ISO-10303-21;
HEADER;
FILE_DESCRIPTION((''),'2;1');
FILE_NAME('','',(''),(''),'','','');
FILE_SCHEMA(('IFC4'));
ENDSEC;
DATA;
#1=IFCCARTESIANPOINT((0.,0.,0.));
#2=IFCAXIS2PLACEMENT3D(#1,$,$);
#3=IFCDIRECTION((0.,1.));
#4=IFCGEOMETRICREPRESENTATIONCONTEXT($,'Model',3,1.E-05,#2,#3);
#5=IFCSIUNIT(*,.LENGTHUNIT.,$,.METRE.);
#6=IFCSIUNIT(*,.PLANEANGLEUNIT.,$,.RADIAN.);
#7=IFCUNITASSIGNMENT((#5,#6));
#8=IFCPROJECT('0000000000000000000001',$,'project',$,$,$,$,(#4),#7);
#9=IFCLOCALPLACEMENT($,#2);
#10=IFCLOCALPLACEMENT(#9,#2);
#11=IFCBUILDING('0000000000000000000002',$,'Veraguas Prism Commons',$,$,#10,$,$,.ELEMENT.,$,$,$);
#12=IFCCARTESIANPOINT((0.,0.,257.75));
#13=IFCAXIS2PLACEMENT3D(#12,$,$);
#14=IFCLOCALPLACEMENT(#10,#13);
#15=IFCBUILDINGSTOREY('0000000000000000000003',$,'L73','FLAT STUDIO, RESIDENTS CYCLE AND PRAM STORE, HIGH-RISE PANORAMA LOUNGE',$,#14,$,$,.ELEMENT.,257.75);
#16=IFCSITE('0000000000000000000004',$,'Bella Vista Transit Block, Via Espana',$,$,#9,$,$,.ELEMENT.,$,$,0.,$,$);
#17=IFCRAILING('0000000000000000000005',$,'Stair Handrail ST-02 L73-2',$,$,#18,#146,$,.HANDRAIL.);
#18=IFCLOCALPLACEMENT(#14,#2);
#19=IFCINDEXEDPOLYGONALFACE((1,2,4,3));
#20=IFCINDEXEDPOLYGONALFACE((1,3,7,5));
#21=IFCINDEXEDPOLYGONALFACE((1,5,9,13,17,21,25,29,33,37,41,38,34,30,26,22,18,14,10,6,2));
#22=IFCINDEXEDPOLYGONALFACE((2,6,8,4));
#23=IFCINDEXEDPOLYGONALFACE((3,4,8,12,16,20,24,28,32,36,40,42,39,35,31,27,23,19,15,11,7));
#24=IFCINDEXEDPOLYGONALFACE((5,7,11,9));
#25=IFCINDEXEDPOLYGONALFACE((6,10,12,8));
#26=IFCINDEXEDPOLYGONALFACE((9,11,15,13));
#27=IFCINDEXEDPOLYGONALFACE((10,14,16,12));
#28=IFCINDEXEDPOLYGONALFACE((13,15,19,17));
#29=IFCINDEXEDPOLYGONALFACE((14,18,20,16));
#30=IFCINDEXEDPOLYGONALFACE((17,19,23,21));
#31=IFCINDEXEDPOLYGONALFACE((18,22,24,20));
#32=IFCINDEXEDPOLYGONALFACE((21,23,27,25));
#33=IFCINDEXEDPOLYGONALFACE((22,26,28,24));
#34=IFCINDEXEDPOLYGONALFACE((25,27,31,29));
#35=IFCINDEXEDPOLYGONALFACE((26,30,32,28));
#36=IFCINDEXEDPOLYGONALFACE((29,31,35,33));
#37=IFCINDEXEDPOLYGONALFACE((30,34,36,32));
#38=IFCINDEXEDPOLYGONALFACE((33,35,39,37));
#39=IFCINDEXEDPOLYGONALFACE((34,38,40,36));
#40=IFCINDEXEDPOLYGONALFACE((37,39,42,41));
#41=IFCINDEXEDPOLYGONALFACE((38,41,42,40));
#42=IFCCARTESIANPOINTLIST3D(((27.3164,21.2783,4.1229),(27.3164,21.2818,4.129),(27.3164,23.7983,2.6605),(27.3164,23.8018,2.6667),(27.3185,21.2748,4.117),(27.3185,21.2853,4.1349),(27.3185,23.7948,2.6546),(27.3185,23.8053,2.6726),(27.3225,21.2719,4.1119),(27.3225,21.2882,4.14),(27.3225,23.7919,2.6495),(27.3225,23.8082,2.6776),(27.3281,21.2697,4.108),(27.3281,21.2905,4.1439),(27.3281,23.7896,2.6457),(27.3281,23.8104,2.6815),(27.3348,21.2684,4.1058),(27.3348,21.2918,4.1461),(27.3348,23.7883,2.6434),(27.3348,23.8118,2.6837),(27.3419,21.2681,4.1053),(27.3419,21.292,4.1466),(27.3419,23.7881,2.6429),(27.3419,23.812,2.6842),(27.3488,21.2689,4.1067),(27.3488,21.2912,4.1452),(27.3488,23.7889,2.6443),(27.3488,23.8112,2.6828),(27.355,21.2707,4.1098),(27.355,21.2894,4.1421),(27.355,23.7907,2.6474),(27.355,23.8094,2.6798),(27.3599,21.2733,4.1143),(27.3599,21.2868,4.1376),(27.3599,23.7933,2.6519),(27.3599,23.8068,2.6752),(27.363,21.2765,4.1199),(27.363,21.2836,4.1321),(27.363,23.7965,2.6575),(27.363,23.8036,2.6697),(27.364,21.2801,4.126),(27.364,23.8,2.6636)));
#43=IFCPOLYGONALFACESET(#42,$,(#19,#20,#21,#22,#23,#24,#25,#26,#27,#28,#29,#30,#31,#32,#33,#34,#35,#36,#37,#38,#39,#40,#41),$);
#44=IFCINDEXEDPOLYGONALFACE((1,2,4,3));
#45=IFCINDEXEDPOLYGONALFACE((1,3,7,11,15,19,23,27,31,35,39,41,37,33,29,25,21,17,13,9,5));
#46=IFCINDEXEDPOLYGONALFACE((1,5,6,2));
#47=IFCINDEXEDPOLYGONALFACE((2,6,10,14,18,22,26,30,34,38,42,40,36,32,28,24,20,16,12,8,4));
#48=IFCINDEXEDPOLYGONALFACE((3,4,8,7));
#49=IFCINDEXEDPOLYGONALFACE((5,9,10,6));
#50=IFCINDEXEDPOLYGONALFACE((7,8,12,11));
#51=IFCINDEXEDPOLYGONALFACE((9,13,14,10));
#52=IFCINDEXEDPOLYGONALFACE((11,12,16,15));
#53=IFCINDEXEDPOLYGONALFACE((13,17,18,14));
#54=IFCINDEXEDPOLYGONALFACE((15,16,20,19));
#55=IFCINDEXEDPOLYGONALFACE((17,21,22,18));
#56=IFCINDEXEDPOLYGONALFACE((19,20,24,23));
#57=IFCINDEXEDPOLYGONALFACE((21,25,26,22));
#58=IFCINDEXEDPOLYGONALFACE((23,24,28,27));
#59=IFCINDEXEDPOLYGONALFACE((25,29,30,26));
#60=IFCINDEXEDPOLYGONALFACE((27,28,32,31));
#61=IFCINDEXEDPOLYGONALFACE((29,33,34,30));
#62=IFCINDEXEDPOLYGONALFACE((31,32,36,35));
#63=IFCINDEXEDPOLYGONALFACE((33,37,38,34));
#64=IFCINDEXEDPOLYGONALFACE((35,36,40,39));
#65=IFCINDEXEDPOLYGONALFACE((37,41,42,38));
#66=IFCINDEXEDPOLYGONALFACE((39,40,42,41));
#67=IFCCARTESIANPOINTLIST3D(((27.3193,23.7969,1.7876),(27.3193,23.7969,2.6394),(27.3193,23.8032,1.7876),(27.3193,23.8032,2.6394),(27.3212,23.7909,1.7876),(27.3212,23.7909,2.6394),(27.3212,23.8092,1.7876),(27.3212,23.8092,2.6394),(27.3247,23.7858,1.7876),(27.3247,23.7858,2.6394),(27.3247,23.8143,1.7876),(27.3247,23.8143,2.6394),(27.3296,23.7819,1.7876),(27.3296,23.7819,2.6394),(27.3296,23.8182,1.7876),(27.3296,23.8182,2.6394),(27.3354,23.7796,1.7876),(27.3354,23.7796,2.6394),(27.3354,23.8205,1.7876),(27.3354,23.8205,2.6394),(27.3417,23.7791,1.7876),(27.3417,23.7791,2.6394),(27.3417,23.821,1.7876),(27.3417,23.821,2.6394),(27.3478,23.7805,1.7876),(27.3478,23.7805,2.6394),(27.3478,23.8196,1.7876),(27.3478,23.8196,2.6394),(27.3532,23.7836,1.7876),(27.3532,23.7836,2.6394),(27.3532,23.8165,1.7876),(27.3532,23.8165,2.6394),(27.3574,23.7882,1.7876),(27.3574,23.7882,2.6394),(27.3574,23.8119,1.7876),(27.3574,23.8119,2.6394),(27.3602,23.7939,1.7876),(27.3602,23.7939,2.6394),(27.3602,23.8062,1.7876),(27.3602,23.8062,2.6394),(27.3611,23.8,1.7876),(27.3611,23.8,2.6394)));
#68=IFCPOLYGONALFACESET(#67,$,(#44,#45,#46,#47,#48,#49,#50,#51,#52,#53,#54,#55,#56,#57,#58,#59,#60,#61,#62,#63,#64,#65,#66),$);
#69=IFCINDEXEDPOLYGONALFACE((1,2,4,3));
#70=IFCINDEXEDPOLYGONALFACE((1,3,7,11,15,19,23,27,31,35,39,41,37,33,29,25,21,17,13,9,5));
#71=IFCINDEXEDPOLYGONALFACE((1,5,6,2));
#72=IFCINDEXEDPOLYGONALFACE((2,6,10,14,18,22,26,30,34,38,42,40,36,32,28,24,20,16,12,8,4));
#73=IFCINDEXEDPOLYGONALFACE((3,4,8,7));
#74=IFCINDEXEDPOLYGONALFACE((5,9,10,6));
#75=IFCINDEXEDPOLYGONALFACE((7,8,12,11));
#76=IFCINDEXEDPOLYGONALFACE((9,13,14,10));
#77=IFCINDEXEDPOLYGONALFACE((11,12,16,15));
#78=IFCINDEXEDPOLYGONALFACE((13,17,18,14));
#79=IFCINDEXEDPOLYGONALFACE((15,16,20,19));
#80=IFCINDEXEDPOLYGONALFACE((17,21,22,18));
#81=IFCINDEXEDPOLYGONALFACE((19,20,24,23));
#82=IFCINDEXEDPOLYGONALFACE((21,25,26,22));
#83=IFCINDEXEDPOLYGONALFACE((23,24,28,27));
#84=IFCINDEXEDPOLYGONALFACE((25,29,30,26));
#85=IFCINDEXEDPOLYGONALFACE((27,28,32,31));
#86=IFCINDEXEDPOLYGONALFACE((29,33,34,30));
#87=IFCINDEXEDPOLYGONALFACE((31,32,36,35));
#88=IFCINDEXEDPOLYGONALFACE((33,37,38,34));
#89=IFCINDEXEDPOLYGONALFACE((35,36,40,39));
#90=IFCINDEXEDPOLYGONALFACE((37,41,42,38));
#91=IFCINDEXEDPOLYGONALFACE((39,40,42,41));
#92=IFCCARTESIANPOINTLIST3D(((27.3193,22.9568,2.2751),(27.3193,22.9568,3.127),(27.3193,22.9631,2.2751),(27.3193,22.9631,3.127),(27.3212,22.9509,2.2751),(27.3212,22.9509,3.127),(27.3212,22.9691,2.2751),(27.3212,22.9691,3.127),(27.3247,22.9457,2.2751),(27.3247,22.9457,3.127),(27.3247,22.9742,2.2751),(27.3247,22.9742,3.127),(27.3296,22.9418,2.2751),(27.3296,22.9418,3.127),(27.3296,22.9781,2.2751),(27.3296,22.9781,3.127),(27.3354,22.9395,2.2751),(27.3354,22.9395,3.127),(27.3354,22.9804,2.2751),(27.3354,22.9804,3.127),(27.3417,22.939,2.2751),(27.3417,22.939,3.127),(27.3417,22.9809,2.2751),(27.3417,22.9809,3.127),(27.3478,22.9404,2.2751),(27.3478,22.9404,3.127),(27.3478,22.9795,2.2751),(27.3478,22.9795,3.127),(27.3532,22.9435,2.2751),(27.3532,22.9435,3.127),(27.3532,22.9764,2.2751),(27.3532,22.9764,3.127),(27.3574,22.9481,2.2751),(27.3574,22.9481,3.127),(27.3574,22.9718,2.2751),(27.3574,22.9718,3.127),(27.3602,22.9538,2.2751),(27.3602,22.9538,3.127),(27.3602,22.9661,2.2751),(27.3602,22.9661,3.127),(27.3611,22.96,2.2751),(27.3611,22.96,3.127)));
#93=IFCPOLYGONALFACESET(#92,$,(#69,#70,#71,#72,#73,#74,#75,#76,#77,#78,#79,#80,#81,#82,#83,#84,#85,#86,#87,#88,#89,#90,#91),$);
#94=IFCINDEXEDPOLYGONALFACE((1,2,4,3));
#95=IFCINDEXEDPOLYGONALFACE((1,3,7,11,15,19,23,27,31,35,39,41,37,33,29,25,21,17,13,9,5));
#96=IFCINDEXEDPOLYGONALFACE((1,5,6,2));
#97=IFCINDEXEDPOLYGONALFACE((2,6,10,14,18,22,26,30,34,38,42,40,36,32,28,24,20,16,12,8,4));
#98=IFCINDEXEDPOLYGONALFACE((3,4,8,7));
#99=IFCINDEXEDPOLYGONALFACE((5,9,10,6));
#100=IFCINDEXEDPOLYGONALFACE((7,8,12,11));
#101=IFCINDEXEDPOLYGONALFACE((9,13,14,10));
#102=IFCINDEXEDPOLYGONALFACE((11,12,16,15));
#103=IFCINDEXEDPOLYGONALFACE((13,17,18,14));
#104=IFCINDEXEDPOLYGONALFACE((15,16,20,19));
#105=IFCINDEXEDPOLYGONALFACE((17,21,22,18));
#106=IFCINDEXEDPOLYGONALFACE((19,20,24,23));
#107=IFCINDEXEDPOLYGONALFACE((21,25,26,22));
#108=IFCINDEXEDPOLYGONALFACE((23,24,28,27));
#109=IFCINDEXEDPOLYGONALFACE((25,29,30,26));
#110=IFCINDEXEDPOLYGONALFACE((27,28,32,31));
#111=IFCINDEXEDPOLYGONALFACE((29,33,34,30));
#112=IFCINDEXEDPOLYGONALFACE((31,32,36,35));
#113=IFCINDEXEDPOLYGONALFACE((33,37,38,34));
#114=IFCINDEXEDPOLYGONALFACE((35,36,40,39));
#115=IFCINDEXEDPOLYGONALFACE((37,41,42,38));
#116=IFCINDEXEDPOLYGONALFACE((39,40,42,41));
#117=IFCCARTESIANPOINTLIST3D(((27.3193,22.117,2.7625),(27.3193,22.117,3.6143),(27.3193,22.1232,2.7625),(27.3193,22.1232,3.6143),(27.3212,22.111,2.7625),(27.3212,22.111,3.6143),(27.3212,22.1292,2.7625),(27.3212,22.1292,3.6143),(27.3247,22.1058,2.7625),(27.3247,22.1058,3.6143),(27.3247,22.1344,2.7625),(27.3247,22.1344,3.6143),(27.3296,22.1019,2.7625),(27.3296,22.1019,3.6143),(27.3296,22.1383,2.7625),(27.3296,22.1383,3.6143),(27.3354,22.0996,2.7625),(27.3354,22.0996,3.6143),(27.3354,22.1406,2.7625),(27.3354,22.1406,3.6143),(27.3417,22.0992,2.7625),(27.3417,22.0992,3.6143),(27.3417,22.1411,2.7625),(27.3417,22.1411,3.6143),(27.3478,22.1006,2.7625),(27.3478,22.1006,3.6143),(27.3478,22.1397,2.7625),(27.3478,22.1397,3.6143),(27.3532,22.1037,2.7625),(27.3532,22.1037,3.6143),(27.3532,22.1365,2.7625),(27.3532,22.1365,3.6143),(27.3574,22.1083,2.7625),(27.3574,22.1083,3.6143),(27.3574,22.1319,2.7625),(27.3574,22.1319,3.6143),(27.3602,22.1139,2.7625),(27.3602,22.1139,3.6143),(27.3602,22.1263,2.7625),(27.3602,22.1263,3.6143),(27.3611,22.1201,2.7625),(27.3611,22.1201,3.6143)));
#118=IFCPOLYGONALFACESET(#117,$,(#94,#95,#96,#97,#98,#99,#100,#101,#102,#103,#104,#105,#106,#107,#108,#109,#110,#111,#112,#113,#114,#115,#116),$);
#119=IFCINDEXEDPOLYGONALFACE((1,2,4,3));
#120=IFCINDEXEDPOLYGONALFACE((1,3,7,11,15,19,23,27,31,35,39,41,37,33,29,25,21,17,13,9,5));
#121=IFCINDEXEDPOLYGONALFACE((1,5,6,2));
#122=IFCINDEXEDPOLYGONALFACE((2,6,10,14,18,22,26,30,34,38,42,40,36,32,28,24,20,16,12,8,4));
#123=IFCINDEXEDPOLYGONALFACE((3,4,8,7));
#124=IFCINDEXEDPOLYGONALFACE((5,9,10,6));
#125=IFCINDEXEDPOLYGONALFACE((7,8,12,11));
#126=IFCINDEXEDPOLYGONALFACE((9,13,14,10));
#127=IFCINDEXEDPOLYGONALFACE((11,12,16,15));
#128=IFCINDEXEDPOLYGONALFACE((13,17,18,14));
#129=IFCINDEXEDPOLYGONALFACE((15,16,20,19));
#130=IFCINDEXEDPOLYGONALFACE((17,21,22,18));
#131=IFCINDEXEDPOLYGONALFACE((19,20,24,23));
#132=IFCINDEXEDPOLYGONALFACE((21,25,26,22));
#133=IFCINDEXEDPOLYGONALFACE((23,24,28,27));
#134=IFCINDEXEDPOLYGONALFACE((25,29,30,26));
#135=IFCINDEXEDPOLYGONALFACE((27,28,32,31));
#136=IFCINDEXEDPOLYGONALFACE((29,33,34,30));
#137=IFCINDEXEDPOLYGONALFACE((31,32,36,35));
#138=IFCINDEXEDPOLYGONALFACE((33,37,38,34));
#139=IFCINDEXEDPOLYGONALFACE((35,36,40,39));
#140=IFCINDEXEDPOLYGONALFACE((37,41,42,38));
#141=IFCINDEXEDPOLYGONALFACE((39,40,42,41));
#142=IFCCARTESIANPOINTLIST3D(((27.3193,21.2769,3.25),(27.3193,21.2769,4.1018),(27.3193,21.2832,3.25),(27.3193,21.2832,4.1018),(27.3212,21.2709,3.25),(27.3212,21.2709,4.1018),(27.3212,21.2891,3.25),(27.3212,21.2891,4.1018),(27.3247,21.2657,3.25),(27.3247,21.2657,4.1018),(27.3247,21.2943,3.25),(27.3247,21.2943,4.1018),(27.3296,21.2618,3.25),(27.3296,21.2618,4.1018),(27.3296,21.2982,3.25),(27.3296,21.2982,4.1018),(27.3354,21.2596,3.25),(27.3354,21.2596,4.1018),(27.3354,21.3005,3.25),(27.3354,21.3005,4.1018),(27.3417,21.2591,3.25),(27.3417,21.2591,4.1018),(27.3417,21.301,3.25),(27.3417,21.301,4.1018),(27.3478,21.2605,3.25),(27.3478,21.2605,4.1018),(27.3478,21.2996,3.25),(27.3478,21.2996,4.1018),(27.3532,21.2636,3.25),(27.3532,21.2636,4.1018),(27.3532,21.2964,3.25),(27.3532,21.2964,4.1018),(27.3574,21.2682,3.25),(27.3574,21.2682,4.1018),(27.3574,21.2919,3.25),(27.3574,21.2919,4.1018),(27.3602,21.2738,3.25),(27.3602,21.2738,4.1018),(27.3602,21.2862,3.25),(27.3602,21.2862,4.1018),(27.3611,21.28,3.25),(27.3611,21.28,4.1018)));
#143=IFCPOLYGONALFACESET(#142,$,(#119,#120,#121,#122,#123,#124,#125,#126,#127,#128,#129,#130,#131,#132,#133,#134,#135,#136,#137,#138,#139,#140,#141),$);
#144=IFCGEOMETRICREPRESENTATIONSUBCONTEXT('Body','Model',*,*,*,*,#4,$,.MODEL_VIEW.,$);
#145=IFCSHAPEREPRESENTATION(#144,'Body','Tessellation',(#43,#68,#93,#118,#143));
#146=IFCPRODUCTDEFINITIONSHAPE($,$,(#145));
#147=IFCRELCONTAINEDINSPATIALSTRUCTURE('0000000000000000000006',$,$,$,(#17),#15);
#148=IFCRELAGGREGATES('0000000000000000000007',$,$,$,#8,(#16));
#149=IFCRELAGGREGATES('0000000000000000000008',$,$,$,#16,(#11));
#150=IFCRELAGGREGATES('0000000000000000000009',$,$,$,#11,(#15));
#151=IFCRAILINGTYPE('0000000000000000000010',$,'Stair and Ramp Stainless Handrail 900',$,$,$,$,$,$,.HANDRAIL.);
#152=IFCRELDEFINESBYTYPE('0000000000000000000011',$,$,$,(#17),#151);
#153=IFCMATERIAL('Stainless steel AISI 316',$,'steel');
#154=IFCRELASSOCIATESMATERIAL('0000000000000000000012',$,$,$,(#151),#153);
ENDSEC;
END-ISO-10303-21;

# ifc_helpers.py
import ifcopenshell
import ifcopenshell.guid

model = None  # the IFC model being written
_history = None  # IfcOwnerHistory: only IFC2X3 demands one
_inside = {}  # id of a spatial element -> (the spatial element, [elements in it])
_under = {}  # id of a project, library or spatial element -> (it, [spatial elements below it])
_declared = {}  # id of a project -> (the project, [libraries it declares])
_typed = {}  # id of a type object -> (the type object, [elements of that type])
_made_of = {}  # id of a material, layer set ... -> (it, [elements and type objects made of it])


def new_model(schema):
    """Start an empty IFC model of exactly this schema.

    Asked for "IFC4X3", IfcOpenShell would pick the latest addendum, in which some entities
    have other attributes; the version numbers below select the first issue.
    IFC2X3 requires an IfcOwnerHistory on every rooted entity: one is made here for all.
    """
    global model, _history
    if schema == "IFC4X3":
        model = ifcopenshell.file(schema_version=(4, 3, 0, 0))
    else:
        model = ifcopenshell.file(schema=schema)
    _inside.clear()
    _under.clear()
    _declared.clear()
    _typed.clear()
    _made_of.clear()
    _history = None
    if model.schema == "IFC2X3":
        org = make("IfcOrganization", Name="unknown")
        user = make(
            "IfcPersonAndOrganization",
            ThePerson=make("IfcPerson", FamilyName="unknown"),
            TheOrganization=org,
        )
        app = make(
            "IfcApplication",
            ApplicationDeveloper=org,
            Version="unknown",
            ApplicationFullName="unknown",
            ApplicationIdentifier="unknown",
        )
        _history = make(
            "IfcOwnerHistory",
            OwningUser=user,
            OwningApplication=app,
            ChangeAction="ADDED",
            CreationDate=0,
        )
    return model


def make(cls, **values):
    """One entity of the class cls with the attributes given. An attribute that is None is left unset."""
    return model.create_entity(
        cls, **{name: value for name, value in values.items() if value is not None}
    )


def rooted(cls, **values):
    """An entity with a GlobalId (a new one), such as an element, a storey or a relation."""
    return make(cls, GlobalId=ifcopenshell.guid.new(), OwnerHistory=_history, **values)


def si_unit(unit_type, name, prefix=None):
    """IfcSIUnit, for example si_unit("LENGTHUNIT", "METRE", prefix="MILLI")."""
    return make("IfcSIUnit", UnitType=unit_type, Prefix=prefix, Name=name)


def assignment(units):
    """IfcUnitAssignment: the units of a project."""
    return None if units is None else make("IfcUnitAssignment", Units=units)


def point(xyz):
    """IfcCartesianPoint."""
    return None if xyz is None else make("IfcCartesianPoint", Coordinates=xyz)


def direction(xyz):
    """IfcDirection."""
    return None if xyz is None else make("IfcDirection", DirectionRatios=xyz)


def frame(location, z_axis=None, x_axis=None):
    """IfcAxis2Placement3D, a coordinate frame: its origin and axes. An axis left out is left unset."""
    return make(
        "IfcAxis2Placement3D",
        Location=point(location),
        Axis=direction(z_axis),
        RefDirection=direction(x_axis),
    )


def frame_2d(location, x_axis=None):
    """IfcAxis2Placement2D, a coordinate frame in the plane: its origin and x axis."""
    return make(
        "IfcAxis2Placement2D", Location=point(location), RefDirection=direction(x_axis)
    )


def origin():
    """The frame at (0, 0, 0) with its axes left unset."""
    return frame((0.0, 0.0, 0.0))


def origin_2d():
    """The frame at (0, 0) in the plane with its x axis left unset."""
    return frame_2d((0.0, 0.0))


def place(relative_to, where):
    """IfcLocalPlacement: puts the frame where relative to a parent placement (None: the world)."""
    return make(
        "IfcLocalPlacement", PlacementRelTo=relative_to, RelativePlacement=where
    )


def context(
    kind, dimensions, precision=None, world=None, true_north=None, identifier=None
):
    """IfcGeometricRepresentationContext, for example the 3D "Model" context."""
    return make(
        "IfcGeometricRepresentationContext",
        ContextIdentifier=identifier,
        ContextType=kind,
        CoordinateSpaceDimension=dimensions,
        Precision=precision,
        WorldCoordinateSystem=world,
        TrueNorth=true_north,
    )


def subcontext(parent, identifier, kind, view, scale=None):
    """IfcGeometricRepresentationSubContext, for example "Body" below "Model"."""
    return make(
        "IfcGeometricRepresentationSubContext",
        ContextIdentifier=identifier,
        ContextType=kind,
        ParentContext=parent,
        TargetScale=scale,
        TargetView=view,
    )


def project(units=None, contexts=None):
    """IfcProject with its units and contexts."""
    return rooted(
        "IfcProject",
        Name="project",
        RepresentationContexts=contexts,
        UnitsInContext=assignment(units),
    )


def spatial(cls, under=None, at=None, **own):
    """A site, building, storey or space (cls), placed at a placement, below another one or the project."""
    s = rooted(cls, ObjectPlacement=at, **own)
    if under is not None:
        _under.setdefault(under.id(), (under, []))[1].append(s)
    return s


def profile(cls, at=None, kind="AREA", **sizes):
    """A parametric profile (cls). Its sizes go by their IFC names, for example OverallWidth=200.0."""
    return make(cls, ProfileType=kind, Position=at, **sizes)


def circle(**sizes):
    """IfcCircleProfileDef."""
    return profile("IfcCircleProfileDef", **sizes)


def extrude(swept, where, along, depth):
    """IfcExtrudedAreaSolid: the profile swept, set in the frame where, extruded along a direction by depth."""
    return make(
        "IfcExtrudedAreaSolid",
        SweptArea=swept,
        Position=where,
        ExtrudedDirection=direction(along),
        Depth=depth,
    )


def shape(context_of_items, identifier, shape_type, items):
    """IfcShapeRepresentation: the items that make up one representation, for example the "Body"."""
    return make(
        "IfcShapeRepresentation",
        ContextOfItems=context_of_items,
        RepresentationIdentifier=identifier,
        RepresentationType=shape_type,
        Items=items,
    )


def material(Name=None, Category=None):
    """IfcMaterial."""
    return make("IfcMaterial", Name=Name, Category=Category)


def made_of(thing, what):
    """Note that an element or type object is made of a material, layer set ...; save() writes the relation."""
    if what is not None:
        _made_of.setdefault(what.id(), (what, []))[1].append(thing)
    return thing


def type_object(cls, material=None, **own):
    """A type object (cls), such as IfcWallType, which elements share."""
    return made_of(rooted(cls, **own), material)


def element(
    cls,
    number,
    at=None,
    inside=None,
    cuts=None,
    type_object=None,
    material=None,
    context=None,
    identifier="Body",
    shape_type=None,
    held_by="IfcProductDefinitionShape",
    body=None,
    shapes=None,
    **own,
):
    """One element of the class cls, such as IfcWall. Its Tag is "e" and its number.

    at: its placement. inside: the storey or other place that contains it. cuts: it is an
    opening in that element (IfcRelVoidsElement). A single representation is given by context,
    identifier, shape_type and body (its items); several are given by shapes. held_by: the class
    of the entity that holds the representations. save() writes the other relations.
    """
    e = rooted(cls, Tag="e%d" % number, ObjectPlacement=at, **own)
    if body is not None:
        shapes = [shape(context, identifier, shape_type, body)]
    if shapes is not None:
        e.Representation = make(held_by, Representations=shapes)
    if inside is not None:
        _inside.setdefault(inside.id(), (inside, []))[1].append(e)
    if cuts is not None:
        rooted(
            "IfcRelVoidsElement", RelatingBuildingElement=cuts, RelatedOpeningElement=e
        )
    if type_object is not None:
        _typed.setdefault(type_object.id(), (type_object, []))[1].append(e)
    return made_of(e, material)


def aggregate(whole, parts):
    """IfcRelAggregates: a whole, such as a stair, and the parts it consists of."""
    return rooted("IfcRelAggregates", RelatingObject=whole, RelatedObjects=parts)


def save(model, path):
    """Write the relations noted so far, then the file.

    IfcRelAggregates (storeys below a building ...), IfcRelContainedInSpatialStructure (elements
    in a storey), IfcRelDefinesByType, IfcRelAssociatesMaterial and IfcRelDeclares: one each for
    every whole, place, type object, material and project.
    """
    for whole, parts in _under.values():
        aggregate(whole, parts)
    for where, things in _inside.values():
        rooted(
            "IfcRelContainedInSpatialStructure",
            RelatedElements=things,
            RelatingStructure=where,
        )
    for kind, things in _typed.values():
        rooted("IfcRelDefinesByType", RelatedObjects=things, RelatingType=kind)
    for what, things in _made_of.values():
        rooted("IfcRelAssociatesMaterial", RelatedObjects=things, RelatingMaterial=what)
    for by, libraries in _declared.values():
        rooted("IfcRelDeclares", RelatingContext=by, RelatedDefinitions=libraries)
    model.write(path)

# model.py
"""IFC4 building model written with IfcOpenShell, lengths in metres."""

from ifc_helpers import new_model, si_unit, direction, frame, origin, origin_2d, place, context, subcontext, project, spatial, circle, extrude, material, type_object, element, save


model = new_model("IFC4")

# Units and contexts
model_context = context("Model", 3, precision=1e-05, world=origin(), true_north=direction((0.0, 1.0)))
body_context = subcontext(model_context, "Body", "Model", "MODEL_VIEW")
ifc_project = project(units=[si_unit("LENGTHUNIT", "METRE"), si_unit("PLANEANGLEUNIT", "RADIAN")], contexts=[model_context])

# Site, building, storey
site_placement = place(None, origin())
site = spatial("IfcSite", under=ifc_project, at=site_placement, Name="Bella Vista Transit Block, Via Espana", CompositionType="ELEMENT", RefElevation=0.0)
building_placement = place(site_placement, origin())
building = spatial("IfcBuilding", under=site, at=building_placement, Name="Veraguas Prism Commons", CompositionType="ELEMENT")
storey_placement = place(building_placement, frame((0.0, 0.0, 257.75)))
storey = spatial("IfcBuildingStorey", under=building, at=storey_placement, Name="L73", Description="FLAT STUDIO, RESIDENTS CYCLE AND PRAM STORE, HIGH-RISE PANORAMA LOUNGE", CompositionType="ELEMENT", Elevation=257.75)

# Railing
ifc_material_1 = material(Name="Stainless steel AISI 316", Category="steel")
railing_type_1 = type_object("IfcRailingType", Name="Stair and Ramp Stainless Handrail 900", PredefinedType="HANDRAIL", material=ifc_material_1)
railing_1_placement = place(storey_placement, frame((27.3401, 23.8, 1.7876)))
element("IfcRailing", 1, at=railing_1_placement, inside=storey, type_object=railing_type_1, Name="Stair Handrail ST-02 L73-2", PredefinedType="HANDRAIL", context=body_context, shape_type="SweptSolid", body=[
    extrude(circle(Radius=0.0239, at=origin_2d()), frame((0.0, 0.0, 0.876), z_axis=(0.0, -0.864913, 0.501921), x_axis=(1.0, 0.0, 0.0)), (0.0, 0.0, 1.0), 2.9136),
    extrude(circle(Radius=0.021, at=origin_2d()), origin(), (0.0, 0.0, 1.0), 0.8518),
    extrude(circle(Radius=0.021, at=origin_2d()), frame((0.0, -0.8401, 0.4875)), (0.0, 0.0, 1.0), 0.8518),
    extrude(circle(Radius=0.021, at=origin_2d()), frame((0.0, -1.6799, 0.9749)), (0.0, 0.0, 1.0), 0.8518),
    extrude(circle(Radius=0.021, at=origin_2d()), frame((0.0, -2.52, 1.4624)), (0.0, 0.0, 1.0), 0.8518),
])

save(model, "model.ifc")
